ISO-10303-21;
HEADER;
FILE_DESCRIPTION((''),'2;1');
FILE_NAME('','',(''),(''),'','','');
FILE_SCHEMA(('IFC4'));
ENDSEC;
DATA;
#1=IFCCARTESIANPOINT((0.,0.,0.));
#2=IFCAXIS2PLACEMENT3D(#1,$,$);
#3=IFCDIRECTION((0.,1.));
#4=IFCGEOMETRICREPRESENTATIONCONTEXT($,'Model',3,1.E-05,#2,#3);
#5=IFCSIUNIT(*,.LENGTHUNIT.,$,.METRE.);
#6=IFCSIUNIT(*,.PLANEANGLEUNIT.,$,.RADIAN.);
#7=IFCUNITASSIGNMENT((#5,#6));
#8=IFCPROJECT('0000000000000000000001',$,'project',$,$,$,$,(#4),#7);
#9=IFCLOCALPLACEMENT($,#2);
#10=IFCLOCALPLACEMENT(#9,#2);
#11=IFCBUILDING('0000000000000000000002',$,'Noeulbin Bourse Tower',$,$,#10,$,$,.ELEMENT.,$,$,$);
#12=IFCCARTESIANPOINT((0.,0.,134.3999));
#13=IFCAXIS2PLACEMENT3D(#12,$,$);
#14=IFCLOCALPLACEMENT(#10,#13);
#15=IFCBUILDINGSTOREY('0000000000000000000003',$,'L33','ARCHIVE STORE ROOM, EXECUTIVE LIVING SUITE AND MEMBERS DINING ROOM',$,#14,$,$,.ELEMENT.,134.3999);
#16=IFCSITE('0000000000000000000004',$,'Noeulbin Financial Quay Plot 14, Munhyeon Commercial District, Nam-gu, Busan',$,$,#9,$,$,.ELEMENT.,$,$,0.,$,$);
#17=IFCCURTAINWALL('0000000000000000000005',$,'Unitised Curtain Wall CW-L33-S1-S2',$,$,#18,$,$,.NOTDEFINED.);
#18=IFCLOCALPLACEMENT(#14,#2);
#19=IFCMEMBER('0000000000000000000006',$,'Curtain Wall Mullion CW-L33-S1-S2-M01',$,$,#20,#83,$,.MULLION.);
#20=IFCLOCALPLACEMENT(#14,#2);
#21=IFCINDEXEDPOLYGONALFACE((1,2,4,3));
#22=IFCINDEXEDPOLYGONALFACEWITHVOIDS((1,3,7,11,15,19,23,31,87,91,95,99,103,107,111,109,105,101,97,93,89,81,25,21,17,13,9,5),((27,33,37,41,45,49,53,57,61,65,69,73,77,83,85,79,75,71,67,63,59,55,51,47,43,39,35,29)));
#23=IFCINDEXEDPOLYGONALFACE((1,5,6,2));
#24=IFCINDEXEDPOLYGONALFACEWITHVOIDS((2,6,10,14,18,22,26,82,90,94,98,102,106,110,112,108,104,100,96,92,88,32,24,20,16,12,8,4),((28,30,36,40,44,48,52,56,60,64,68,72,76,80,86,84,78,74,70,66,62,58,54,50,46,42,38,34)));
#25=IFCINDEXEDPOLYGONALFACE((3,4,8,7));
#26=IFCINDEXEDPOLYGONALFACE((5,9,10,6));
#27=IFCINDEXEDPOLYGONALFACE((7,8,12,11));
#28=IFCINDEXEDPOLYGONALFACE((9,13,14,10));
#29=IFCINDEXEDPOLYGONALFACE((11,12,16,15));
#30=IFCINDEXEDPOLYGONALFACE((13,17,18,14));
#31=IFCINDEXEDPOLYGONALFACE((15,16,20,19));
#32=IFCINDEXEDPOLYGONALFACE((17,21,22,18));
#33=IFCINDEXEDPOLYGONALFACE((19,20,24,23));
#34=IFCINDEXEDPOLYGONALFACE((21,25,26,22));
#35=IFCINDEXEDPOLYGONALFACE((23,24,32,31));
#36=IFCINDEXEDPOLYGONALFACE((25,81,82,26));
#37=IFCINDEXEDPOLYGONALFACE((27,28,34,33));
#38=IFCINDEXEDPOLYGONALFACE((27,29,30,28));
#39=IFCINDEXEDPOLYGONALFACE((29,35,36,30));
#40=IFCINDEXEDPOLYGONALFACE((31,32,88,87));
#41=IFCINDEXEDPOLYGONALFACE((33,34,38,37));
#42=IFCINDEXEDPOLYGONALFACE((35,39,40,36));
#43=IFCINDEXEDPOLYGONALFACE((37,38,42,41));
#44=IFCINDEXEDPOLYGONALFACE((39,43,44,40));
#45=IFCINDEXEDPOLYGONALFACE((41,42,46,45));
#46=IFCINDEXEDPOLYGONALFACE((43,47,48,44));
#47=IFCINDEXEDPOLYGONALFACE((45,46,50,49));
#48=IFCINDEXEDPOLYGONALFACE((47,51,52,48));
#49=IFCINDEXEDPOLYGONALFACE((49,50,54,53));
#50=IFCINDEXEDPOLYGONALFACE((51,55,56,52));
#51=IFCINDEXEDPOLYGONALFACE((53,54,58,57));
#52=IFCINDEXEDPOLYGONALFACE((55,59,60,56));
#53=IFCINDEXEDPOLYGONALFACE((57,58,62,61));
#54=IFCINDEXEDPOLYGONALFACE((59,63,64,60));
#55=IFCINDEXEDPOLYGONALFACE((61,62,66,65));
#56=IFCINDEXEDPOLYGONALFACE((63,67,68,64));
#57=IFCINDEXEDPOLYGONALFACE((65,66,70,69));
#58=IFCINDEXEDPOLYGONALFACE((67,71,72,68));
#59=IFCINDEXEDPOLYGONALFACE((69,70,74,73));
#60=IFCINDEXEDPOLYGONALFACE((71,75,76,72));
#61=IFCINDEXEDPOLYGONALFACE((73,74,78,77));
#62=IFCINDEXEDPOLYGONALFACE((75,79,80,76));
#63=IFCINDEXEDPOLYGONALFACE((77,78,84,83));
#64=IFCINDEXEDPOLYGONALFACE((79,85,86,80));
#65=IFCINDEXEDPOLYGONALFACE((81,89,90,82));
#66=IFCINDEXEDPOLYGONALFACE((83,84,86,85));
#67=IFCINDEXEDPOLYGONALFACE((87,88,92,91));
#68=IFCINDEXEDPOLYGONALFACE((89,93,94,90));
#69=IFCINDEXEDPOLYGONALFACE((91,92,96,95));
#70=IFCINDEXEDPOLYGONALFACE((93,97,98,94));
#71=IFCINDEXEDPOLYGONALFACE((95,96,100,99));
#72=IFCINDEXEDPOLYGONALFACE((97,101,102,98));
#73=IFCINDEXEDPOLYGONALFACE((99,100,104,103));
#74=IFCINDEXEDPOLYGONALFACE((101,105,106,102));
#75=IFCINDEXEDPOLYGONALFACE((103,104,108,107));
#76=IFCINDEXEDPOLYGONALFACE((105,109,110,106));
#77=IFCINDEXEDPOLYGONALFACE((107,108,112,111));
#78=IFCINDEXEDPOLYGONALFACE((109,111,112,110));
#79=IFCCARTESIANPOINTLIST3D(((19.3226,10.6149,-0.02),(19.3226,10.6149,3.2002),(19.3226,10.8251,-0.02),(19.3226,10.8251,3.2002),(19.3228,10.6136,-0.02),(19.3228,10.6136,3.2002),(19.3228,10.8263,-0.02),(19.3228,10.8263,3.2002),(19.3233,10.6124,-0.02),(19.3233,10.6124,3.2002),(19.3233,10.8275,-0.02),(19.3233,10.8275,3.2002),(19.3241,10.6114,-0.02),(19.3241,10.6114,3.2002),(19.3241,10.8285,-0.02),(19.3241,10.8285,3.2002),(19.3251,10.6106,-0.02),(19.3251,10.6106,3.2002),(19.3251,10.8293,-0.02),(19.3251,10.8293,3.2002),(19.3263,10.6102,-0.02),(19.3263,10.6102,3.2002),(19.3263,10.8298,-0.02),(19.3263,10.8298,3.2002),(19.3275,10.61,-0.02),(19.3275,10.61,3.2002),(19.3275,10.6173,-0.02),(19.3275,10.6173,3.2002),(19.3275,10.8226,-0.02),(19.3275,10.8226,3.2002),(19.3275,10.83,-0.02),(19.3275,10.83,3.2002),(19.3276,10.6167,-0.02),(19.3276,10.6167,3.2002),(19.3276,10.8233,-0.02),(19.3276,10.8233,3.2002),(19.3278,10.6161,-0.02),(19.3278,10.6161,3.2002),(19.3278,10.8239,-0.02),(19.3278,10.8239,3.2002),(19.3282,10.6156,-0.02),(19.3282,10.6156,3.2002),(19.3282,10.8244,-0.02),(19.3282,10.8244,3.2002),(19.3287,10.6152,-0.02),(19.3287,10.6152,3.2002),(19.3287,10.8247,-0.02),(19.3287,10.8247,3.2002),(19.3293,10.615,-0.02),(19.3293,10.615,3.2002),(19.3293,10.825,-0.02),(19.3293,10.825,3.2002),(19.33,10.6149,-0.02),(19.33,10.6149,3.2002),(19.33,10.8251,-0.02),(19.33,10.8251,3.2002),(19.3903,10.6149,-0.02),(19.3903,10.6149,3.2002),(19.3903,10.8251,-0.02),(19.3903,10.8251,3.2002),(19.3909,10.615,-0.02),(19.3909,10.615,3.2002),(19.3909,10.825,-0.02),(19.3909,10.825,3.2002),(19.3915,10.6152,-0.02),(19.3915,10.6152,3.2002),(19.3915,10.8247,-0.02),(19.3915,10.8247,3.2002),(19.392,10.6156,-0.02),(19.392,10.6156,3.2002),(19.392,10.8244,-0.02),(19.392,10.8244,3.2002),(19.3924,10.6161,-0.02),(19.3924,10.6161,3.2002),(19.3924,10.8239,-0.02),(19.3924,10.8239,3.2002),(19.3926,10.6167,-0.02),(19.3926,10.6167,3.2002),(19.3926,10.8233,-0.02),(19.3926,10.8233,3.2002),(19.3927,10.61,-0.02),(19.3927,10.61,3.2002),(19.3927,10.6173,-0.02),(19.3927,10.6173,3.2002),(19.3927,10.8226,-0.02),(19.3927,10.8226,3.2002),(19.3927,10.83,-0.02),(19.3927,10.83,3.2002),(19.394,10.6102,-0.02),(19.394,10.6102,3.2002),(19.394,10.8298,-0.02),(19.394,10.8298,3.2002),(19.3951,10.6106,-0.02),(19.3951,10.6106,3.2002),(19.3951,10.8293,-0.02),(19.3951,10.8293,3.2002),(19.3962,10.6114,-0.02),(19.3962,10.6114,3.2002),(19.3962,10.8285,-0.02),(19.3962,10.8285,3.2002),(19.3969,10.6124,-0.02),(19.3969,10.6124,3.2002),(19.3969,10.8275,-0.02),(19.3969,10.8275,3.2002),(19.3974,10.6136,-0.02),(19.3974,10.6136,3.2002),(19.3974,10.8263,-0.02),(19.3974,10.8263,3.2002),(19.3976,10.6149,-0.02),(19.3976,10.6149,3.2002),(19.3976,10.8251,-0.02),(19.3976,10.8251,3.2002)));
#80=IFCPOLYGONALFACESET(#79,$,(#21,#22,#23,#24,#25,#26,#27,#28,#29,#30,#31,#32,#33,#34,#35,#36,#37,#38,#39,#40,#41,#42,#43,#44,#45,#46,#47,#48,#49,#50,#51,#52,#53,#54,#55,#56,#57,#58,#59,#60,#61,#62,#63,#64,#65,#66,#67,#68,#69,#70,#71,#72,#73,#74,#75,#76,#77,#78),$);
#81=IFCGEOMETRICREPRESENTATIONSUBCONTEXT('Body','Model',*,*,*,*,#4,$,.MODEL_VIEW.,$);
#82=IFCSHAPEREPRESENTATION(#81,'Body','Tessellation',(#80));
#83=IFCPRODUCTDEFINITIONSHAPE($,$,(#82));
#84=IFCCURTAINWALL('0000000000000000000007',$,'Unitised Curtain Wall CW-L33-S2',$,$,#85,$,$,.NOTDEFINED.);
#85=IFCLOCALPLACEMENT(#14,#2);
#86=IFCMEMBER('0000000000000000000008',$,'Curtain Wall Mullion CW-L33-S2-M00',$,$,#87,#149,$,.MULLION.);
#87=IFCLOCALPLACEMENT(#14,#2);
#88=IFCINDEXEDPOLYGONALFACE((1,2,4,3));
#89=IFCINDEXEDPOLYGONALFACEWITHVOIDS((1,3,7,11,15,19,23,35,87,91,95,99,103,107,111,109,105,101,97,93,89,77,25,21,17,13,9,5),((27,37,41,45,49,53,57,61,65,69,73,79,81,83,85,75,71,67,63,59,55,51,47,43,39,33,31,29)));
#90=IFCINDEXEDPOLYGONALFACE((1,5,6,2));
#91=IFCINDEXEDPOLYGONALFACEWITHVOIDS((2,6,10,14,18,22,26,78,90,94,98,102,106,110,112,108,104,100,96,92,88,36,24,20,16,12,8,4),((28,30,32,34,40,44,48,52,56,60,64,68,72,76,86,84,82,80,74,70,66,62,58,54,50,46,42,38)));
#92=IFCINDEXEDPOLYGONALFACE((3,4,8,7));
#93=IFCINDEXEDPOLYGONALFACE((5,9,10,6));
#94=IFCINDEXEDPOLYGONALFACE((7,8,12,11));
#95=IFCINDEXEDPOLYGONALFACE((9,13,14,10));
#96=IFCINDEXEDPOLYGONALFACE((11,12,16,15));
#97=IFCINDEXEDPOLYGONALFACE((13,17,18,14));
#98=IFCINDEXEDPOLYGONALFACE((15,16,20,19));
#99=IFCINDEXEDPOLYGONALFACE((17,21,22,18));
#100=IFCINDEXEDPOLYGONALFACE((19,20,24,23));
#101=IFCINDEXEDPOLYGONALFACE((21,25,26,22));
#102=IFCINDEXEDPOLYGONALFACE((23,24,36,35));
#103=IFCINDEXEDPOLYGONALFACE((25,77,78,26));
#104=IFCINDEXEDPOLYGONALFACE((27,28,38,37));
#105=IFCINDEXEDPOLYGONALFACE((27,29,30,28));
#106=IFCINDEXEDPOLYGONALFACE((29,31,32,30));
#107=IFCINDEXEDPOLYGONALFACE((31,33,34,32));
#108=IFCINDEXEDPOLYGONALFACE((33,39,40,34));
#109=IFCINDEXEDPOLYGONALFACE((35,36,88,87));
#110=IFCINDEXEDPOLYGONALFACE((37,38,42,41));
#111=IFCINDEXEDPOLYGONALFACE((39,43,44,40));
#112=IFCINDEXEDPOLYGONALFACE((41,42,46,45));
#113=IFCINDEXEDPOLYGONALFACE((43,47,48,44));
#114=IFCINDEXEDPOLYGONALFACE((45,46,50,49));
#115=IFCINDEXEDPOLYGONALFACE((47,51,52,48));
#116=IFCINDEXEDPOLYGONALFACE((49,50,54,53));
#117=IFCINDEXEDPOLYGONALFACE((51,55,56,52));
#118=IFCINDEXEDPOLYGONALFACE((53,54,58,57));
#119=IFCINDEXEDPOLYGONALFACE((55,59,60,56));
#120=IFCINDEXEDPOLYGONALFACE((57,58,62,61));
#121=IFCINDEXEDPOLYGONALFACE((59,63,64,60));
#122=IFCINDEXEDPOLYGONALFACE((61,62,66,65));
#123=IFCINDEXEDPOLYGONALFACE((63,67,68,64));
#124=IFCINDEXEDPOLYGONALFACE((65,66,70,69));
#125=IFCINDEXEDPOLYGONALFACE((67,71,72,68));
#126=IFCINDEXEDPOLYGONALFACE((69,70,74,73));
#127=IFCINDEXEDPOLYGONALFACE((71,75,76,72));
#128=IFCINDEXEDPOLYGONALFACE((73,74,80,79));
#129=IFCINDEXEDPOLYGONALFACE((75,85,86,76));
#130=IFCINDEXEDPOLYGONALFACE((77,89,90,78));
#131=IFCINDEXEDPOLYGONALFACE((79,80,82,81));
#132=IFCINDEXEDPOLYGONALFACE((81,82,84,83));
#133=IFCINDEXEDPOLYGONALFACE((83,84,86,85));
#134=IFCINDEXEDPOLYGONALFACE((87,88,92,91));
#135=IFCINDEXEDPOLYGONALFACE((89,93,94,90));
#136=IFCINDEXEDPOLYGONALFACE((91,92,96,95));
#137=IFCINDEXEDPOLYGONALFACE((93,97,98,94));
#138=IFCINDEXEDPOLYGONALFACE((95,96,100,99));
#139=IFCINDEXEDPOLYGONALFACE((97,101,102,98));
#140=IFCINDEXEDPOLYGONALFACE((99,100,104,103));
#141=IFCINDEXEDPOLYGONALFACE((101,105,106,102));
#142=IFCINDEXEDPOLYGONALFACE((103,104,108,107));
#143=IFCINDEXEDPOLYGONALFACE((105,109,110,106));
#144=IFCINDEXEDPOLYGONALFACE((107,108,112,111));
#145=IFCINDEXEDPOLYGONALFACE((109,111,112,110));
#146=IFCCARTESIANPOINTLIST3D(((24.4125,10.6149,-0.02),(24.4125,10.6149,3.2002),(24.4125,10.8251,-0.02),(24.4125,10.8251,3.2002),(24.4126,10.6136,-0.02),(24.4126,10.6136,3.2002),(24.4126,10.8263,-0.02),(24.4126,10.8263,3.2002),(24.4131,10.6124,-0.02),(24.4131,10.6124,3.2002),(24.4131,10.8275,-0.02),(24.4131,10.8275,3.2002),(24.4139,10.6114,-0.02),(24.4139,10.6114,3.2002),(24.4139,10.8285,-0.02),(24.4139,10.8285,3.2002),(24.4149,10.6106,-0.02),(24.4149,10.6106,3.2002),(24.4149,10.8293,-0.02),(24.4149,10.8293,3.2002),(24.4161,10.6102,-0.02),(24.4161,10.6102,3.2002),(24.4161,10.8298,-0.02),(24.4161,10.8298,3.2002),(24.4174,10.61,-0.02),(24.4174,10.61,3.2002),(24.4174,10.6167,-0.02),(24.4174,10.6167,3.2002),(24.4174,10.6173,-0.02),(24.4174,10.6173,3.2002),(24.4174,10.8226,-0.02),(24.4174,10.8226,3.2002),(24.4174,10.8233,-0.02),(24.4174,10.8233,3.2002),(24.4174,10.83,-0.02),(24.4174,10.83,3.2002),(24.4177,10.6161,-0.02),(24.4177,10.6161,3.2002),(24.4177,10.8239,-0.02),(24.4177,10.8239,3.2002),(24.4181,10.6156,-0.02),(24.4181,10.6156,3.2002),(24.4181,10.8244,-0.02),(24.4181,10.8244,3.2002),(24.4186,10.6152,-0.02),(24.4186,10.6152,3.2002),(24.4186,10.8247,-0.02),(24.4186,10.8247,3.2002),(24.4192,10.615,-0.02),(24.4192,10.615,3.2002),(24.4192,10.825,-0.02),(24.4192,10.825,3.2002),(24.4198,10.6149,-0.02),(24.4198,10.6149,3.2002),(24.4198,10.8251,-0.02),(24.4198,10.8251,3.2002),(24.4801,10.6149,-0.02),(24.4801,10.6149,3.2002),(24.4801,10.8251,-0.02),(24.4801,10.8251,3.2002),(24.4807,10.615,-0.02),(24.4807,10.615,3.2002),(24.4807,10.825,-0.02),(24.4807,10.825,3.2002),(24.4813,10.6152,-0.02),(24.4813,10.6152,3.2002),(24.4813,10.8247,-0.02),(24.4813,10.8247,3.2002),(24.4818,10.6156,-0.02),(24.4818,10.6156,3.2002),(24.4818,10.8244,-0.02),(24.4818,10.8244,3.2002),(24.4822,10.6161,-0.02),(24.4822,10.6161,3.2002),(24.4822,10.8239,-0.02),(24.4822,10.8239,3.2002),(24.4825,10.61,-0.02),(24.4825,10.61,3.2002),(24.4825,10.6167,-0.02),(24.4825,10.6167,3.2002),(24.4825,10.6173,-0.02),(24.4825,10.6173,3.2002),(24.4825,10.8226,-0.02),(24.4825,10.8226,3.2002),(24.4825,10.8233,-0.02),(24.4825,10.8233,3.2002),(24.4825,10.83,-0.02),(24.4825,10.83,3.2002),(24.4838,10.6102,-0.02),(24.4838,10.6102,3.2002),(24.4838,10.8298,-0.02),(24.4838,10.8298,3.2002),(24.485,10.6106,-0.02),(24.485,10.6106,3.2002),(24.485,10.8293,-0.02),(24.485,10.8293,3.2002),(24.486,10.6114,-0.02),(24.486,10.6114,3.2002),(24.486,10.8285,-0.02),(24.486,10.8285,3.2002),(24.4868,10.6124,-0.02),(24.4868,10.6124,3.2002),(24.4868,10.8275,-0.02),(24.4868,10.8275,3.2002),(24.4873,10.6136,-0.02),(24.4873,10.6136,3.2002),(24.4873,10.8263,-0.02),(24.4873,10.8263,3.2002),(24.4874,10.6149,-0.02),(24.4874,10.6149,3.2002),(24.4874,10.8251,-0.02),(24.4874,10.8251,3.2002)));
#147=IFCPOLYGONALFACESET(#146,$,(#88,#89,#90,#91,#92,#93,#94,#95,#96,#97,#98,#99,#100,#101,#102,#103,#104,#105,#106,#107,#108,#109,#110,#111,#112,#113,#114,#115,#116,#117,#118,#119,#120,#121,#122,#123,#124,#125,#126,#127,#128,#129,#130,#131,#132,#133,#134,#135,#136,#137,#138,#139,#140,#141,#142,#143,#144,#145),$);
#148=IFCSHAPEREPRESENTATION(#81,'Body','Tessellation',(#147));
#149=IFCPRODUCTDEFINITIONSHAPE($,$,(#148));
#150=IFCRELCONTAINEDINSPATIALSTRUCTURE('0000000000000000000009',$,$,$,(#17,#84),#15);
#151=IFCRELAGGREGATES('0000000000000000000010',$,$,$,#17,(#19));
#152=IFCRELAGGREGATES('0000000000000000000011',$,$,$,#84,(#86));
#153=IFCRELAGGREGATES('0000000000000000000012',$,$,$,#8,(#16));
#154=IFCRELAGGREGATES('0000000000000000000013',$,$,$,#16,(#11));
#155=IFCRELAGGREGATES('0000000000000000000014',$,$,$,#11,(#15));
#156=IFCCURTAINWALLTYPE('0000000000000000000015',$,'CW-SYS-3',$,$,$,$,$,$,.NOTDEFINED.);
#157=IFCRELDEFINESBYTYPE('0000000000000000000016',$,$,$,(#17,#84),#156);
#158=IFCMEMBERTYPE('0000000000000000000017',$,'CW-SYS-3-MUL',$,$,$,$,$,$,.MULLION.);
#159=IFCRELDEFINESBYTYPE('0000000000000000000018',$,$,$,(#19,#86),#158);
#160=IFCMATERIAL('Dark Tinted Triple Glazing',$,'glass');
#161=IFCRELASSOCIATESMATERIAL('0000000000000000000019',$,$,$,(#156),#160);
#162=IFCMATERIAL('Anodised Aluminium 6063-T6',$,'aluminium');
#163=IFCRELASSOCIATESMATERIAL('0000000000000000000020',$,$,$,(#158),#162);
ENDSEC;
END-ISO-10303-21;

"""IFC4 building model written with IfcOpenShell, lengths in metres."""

from ifc_helpers import new_model, si_unit, direction, frame, origin, origin_2d, place, context, subcontext, project, spatial, hollow_rectangle, extrude, material, material_profile, profile_set, type_object, element, aggregate, save


model = new_model("IFC4")

# Units and contexts
model_context = context("Model", 3, precision=1e-05, world=origin(), true_north=direction((0.0, 1.0)))
body_context = subcontext(model_context, "Body", "Model", "MODEL_VIEW")
ifc_project = project(units=[si_unit("LENGTHUNIT", "METRE"), si_unit("PLANEANGLEUNIT", "RADIAN")], contexts=[model_context])

# Site, building, storey
site_placement = place(None, origin())
site = spatial("IfcSite", under=ifc_project, at=site_placement, Name="Noeulbin Financial Quay Plot 14, Munhyeon Commercial District, Nam-gu, Busan", CompositionType="ELEMENT", RefElevation=0.0)
building_placement = place(site_placement, origin())
building = spatial("IfcBuilding", under=site, at=building_placement, Name="Noeulbin Bourse Tower", CompositionType="ELEMENT")
storey_placement = place(building_placement, frame((0.0, 0.0, 134.3999)))
storey = spatial("IfcBuildingStorey", under=building, at=storey_placement, Name="L33", Description="ARCHIVE STORE ROOM, EXECUTIVE LIVING SUITE AND MEMBERS DINING ROOM", CompositionType="ELEMENT", Elevation=134.3999)

# Curtain wall, member
ifc_material_1 = material(Name="Dark Tinted Triple Glazing", Category="glass")
curtain_wall_type = type_object("IfcCurtainWallType", Name="CW-SYS-3", PredefinedType="NOTDEFINED", material=ifc_material_1)
curtain_wall_1_placement = place(storey_placement, origin())
curtain_wall_1 = element("IfcCurtainWall", 1, at=curtain_wall_1_placement, inside=storey, type_object=curtain_wall_type, Name="Unitised Curtain Wall CW-L33-S1-S2", PredefinedType="NOTDEFINED")
ifc_material_2 = material(Name="Anodised Aluminium 6063-T6", Category="aluminium")
ifc_material_profile_1 = material_profile(ifc_material_2, hollow_rectangle(XDim=0.075, YDim=0.22, WallThickness=0.0049, InnerFilletRadius=0.0024, OuterFilletRadius=0.0049, at=origin_2d()), Name="ALU-MULL-75x220x5", Category="LoadBearing")
ifc_profile_set_1 = profile_set([ifc_material_profile_1], Name="Anodised Aluminium 6063-T6")
member_type_1 = type_object("IfcMemberType", Name="CW-SYS-3-MUL", PredefinedType="MULLION", material=ifc_profile_set_1)
member_1_placement = place(storey_placement, frame((19.3601, 10.72, -0.02), z_axis=(0.0, 0.0, 1.0), x_axis=(1.0, 0.0, 0.0)))
member_1 = element("IfcMember", 2, at=member_1_placement, type_object=member_type_1, Name="Curtain Wall Mullion CW-L33-S1-S2-M01", PredefinedType="MULLION", context=body_context, shape_type="SweptSolid", body=[
    extrude(hollow_rectangle(XDim=0.075, YDim=0.22, WallThickness=0.0049, InnerFilletRadius=0.0024, OuterFilletRadius=0.0049, at=origin_2d()), origin(), (0.0, 0.0, 1.0), 3.2202),
])

# Curtain wall, member
curtain_wall_2_placement = place(storey_placement, origin())
curtain_wall_2 = element("IfcCurtainWall", 3, at=curtain_wall_2_placement, inside=storey, type_object=curtain_wall_type, Name="Unitised Curtain Wall CW-L33-S2", PredefinedType="NOTDEFINED")
member_2_placement = place(storey_placement, frame((24.45, 10.72, -0.02), z_axis=(0.0, 0.0, 1.0), x_axis=(1.0, 0.0, 0.0)))
member_2 = element("IfcMember", 4, at=member_2_placement, type_object=member_type_1, Name="Curtain Wall Mullion CW-L33-S2-M00", PredefinedType="MULLION", context=body_context, shape_type="SweptSolid", body=[
    extrude(hollow_rectangle(XDim=0.075, YDim=0.22, WallThickness=0.0049, InnerFilletRadius=0.0024, OuterFilletRadius=0.0049, at=origin_2d()), origin(), (0.0, 0.0, 1.0), 3.2202),
])

aggregate(curtain_wall_1, [member_1])
aggregate(curtain_wall_2, [member_2])

save(model, "model.ifc")
